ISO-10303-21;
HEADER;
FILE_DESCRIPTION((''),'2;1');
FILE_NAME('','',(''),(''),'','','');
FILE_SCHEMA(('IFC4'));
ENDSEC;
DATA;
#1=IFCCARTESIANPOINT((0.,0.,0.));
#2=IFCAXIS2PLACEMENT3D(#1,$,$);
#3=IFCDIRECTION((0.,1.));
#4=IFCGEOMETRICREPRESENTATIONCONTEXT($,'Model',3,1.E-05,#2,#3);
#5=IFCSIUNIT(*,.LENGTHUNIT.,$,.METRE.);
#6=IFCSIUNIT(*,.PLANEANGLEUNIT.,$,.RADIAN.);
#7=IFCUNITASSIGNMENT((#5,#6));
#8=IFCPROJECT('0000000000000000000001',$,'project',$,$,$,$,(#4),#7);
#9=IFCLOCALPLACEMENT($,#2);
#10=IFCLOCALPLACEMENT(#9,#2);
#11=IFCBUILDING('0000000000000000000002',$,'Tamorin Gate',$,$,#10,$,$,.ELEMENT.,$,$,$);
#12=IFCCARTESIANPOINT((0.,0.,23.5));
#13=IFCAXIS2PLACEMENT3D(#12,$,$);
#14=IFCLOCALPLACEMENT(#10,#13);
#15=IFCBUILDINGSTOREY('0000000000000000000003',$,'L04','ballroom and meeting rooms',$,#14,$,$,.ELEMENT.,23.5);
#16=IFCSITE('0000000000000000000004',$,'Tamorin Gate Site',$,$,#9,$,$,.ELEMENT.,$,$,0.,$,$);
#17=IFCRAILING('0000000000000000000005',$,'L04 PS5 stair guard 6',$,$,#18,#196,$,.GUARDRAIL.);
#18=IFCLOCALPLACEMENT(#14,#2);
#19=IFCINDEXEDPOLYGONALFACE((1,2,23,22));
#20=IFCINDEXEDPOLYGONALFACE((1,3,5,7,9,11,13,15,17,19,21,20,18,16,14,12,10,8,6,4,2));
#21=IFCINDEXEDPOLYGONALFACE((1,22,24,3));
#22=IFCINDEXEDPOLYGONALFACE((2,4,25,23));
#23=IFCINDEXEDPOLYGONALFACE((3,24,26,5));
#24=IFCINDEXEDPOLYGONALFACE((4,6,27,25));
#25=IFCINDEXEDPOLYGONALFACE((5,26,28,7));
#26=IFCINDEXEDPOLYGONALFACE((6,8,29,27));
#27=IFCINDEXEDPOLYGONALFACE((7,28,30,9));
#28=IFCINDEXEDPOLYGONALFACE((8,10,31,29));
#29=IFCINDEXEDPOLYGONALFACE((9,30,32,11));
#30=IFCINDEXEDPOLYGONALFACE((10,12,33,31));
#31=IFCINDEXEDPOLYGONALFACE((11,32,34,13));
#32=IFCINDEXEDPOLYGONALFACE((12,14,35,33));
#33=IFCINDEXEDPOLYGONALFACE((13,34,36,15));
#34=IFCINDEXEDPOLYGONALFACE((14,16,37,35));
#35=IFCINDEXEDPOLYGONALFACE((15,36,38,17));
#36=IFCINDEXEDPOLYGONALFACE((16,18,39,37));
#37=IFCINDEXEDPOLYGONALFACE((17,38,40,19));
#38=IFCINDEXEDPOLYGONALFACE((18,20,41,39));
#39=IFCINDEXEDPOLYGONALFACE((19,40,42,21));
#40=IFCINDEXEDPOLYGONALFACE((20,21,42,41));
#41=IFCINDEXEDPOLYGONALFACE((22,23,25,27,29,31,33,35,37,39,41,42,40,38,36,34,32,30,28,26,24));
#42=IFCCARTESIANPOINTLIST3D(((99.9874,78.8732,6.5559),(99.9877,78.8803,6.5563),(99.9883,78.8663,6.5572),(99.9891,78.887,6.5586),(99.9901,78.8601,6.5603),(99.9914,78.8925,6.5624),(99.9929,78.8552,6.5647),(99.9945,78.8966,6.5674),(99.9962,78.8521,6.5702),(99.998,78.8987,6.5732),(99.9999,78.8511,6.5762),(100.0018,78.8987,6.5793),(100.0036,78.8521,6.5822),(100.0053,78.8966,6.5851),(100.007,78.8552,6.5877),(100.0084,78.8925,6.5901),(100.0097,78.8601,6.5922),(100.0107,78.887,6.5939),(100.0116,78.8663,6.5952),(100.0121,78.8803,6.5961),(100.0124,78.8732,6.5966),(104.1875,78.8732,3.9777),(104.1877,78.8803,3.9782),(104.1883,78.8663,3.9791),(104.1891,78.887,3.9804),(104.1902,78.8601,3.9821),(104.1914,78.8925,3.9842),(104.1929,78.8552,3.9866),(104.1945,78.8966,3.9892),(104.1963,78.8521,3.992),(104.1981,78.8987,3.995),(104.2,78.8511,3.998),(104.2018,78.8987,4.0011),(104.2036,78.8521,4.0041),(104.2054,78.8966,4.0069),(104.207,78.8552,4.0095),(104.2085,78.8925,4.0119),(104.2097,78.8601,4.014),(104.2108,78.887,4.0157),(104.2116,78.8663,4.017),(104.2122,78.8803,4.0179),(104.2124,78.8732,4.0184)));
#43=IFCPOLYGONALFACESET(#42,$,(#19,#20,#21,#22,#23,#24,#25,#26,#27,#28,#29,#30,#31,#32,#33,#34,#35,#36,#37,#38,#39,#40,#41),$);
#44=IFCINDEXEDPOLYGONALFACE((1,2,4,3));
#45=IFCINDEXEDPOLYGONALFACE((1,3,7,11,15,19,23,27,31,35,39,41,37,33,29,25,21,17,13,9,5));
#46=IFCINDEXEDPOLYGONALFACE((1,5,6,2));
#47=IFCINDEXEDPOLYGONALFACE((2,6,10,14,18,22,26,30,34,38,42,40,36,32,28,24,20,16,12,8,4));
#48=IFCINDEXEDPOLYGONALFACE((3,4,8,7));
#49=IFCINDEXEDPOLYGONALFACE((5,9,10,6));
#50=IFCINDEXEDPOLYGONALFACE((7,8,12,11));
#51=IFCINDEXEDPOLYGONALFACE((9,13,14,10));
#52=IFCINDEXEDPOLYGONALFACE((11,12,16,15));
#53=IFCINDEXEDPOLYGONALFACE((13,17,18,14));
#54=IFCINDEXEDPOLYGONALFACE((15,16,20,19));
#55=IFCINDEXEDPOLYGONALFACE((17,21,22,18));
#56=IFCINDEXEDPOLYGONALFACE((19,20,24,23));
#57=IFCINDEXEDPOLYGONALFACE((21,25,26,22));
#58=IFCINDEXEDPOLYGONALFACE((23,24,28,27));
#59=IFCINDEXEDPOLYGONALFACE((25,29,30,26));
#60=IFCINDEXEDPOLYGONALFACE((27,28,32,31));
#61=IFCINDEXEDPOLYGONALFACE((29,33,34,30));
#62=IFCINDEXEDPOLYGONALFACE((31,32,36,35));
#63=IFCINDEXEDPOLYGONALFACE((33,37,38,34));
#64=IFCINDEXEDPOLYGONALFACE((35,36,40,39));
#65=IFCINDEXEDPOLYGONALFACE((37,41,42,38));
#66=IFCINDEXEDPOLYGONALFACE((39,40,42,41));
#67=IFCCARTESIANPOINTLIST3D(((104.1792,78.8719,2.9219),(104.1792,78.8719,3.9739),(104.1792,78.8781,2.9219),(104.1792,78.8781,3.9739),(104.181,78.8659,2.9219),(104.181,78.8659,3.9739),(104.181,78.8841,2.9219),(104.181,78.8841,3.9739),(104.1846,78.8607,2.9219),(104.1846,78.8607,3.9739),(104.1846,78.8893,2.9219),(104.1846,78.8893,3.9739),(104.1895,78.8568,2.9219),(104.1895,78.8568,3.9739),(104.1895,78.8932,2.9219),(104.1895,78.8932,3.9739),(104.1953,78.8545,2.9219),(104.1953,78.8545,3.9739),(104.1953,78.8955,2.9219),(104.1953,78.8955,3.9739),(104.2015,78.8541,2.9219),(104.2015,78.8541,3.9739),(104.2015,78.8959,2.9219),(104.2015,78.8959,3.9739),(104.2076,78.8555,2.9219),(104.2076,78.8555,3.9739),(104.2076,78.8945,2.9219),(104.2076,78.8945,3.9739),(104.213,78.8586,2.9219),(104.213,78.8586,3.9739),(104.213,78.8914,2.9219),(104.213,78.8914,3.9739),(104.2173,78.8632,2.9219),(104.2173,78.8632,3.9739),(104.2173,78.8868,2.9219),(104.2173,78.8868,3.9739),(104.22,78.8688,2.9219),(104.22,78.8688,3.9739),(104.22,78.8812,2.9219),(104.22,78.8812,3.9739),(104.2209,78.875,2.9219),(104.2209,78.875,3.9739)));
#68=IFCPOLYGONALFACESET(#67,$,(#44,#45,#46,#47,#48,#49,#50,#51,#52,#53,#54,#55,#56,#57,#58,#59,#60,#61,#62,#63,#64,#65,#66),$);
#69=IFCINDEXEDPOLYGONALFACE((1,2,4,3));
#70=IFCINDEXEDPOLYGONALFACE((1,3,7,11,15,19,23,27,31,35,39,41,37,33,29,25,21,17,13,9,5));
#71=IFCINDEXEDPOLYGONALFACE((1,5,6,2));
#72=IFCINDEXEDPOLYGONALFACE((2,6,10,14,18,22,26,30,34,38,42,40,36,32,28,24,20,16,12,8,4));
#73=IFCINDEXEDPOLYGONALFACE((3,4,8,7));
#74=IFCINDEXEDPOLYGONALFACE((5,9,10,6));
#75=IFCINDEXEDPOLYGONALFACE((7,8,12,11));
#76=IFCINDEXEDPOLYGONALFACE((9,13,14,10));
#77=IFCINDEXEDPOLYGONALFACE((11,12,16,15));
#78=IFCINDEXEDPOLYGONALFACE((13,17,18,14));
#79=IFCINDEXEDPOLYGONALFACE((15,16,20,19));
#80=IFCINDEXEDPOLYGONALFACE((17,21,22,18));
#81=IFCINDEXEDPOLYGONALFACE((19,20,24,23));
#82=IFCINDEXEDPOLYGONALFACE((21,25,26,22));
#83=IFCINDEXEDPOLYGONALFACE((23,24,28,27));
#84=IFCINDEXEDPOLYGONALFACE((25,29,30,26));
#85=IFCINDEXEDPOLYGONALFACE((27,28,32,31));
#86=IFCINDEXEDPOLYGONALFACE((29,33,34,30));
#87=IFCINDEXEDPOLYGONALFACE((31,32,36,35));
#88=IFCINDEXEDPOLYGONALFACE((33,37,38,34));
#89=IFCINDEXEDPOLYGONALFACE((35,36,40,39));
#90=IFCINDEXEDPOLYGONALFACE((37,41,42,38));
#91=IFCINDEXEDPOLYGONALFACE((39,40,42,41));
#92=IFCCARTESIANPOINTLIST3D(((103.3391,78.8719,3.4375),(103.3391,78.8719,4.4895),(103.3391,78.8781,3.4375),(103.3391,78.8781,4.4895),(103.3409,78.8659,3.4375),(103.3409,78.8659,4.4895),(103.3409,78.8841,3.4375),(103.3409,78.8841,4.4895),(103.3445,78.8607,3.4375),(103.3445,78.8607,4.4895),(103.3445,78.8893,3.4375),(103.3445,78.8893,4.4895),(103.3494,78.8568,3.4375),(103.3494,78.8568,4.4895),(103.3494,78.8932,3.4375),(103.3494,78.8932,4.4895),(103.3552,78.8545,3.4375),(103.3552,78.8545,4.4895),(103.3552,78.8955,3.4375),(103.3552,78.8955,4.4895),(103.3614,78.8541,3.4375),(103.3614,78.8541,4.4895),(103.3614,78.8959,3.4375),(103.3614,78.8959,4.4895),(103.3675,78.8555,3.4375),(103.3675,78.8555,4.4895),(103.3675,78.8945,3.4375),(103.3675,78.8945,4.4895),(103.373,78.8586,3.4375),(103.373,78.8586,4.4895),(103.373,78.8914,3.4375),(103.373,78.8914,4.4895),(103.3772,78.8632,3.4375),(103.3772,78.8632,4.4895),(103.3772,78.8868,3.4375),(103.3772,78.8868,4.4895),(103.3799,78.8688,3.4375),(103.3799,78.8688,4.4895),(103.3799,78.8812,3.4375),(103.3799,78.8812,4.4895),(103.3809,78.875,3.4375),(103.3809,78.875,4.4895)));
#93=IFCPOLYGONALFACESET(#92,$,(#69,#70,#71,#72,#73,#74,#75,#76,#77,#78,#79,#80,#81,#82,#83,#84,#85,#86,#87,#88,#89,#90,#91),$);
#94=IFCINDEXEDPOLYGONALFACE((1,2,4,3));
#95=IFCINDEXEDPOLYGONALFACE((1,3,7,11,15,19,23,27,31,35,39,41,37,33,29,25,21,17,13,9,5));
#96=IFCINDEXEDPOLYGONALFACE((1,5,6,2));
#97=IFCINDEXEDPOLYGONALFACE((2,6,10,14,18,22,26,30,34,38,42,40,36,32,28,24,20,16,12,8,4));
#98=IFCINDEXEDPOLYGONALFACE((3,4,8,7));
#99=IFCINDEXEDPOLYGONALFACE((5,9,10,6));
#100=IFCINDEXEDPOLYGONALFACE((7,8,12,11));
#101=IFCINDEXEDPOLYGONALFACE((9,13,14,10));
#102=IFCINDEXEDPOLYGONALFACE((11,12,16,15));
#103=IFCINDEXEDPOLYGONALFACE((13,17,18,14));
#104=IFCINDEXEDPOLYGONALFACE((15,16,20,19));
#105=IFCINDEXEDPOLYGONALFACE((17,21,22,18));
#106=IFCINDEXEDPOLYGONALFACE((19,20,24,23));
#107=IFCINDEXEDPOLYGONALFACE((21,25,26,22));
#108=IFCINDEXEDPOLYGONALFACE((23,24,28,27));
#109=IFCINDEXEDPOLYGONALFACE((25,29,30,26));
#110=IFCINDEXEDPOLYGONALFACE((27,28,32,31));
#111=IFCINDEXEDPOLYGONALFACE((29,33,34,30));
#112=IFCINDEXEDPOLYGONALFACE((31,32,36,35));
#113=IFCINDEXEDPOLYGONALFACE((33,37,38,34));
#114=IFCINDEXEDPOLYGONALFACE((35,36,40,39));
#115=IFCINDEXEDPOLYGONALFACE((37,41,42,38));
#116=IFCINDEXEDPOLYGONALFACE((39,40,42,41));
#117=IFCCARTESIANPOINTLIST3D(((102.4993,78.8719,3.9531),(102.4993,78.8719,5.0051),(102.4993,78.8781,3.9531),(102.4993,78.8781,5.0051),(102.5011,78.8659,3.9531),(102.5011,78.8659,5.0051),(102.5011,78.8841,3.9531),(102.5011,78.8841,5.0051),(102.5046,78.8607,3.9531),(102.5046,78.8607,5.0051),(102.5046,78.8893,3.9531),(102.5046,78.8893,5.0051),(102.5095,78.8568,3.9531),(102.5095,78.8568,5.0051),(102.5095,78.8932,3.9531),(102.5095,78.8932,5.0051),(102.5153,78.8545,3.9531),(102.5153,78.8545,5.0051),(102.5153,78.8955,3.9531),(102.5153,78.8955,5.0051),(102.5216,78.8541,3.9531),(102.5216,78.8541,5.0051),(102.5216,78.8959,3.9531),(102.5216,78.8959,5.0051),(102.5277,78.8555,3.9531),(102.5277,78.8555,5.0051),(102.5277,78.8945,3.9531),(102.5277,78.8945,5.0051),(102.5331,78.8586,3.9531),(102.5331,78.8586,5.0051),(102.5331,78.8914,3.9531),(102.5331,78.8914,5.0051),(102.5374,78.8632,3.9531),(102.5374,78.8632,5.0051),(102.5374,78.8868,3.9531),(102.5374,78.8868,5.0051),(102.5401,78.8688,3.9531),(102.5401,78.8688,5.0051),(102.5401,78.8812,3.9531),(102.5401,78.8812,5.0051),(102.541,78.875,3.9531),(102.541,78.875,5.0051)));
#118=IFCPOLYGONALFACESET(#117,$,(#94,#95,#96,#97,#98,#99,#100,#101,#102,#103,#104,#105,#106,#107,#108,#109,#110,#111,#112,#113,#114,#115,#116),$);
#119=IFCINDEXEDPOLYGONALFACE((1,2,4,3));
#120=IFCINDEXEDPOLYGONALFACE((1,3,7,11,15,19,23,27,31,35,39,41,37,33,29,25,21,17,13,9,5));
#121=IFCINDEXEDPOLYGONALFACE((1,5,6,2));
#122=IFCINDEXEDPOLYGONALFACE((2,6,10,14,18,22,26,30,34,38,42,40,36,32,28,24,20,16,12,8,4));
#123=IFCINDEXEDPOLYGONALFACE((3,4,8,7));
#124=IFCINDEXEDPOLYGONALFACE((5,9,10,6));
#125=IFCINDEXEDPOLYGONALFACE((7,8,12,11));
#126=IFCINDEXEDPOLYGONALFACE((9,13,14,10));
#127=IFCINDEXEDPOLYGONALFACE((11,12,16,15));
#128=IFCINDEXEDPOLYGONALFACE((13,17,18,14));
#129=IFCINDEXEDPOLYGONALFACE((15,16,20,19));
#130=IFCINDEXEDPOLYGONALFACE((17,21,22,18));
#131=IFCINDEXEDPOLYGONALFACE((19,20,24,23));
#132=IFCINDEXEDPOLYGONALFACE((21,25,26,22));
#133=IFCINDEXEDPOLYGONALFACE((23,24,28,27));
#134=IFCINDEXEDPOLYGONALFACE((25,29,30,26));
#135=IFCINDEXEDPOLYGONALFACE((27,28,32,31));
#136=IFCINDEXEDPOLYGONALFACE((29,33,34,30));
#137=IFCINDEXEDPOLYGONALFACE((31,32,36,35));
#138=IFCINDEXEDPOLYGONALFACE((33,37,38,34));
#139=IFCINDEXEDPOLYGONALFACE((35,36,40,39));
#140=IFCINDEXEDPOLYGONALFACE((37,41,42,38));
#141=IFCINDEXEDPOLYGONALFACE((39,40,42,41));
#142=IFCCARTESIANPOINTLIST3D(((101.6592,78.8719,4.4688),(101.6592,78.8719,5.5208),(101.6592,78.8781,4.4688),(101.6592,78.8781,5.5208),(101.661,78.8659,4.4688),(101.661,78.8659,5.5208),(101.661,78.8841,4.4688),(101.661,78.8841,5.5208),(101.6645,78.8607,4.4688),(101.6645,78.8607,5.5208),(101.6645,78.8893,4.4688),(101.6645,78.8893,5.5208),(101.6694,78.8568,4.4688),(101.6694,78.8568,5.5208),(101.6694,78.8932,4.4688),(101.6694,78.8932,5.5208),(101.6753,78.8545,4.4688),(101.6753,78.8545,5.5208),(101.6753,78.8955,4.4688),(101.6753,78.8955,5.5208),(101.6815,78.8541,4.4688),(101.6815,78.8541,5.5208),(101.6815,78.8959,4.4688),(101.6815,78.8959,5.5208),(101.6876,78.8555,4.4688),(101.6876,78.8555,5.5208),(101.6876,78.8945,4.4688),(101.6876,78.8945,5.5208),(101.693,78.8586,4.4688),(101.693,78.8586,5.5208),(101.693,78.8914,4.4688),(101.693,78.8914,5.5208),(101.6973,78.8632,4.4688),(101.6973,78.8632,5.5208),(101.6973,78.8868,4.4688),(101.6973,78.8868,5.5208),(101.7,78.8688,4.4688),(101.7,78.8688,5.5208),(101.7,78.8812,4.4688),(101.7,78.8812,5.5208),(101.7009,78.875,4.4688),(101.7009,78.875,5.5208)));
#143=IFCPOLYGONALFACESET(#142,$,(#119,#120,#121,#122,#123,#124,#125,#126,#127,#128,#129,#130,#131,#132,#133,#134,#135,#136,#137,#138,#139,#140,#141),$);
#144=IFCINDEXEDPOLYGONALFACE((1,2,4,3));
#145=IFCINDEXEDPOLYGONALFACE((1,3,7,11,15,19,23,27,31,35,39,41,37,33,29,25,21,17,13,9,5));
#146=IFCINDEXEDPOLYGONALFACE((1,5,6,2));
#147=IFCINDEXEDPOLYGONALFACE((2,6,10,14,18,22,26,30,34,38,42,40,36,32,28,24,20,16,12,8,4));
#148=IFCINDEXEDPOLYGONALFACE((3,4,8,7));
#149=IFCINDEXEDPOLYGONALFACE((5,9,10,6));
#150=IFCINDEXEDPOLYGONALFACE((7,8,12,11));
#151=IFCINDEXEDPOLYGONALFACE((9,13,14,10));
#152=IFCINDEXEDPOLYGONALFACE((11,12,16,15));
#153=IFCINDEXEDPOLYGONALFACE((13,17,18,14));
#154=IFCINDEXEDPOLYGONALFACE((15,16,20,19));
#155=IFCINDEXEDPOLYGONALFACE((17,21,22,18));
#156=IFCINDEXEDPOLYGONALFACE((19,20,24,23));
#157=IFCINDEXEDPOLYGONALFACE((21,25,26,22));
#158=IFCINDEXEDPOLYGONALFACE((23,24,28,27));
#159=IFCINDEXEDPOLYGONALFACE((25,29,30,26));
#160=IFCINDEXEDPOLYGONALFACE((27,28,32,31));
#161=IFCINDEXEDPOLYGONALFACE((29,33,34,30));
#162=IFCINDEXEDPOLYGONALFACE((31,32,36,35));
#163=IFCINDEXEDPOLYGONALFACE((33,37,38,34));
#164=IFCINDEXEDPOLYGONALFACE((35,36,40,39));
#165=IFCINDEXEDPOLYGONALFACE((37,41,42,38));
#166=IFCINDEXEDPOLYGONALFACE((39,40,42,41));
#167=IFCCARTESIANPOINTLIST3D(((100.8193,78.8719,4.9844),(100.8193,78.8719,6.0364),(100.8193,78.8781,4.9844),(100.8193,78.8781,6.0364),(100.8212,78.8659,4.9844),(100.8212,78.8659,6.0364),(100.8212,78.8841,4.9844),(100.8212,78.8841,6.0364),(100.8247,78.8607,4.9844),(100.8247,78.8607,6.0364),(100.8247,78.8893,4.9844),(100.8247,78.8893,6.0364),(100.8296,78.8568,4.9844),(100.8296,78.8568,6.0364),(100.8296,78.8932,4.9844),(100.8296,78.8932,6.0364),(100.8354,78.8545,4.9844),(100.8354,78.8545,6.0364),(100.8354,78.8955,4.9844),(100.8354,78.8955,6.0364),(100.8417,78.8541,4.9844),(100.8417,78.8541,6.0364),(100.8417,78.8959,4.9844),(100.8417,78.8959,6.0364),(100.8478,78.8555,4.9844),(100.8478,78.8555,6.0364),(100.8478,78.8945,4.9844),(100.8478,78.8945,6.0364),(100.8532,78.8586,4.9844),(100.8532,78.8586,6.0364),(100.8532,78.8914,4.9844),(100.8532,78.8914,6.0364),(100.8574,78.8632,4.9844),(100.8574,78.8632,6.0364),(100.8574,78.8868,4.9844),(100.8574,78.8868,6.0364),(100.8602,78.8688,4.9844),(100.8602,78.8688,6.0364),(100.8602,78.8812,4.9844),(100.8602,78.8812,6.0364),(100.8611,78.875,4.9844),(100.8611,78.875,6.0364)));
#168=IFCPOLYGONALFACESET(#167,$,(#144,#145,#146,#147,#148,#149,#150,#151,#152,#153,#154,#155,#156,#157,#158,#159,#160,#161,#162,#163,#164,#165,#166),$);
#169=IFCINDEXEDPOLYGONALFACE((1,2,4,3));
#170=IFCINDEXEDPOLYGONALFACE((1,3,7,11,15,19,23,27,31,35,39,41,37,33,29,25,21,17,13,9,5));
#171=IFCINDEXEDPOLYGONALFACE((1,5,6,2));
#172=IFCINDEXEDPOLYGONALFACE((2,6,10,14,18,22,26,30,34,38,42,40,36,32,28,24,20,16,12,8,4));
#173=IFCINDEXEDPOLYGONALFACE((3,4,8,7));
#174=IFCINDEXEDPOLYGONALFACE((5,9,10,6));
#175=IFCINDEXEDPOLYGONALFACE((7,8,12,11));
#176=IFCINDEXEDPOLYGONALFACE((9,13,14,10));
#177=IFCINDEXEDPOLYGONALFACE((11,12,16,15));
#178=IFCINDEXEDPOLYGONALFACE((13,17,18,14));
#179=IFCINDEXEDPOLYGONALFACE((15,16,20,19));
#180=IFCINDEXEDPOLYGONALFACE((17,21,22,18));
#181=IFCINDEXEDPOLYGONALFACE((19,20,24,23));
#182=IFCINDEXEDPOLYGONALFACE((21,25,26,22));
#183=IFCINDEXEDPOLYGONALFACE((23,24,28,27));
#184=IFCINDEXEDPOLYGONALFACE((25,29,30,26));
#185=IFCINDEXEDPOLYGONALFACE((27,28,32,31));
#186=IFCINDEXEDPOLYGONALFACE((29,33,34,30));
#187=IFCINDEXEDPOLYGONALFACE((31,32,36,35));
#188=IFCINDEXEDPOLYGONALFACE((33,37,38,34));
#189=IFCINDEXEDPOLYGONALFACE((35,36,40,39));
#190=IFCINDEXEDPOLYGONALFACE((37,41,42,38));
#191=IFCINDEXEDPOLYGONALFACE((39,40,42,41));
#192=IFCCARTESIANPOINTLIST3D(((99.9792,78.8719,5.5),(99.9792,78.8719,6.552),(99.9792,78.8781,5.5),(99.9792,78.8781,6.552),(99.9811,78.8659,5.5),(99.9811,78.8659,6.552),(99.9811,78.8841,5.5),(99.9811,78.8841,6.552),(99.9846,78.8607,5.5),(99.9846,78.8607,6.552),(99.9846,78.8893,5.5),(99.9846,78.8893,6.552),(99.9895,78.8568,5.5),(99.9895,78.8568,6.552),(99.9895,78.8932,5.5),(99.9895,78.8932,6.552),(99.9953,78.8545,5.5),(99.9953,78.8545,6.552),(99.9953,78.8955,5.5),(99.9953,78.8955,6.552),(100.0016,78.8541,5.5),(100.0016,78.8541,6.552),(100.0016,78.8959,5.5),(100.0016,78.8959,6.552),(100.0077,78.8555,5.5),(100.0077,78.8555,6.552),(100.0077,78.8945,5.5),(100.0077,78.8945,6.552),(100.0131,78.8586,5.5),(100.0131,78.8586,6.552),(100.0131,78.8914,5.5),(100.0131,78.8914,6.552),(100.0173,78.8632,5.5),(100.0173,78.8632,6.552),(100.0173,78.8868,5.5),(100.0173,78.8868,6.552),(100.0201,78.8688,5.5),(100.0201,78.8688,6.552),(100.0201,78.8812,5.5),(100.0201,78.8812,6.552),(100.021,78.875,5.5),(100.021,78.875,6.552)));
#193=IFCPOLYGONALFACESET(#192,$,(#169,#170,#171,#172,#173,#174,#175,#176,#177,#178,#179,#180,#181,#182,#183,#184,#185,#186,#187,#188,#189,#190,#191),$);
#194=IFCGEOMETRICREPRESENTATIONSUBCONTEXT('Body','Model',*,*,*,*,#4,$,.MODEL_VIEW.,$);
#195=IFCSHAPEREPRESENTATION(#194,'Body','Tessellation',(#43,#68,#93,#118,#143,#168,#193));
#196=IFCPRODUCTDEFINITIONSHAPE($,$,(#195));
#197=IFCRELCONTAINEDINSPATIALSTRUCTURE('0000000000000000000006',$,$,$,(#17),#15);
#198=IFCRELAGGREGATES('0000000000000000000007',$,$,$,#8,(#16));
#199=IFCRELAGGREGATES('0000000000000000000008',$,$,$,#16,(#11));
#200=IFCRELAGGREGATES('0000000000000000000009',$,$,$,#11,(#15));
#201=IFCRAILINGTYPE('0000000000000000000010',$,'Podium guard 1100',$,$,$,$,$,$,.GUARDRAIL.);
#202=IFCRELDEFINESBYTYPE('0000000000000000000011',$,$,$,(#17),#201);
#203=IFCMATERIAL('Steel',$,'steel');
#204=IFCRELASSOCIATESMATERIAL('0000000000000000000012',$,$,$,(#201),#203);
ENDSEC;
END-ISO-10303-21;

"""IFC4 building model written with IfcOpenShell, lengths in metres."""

from ifc_helpers import new_model, si_unit, direction, frame, origin, origin_2d, place, context, subcontext, project, spatial, circle, extrude, material, type_object, element, save


model = new_model("IFC4")

# Units and contexts
model_context = context("Model", 3, precision=1e-05, world=origin(), true_north=direction((0.0, 1.0)))
body_context = subcontext(model_context, "Body", "Model", "MODEL_VIEW")
ifc_project = project(units=[si_unit("LENGTHUNIT", "METRE"), si_unit("PLANEANGLEUNIT", "RADIAN")], contexts=[model_context])

# Site, building, storey
site_placement = place(None, origin())
site = spatial("IfcSite", under=ifc_project, at=site_placement, Name="Tamorin Gate Site", CompositionType="ELEMENT", RefElevation=0.0)
building_placement = place(site_placement, origin())
building = spatial("IfcBuilding", under=site, at=building_placement, Name="Tamorin Gate", CompositionType="ELEMENT")
storey_placement = place(building_placement, frame((0.0, 0.0, 23.5)))
storey = spatial("IfcBuildingStorey", under=building, at=storey_placement, Name="L04", Description="ballroom and meeting rooms", CompositionType="ELEMENT", Elevation=23.5)

# Railing
ifc_material_1 = material(Name="Steel", Category="steel")
railing_type_1 = type_object("IfcRailingType", Name="Podium guard 1100", PredefinedType="GUARDRAIL", material=ifc_material_1)
railing_1_placement = place(storey_placement, frame((104.2, 78.875, 2.9219)))
element("IfcRailing", 1, at=railing_1_placement, inside=storey, type_object=railing_type_1, Name="L04 PS5 stair guard 6", PredefinedType="GUARDRAIL", context=body_context, shape_type="SweptSolid", body=[
    extrude(circle(Radius=0.0239, at=origin_2d()), frame((0.0, 0.0, 1.0762), z_axis=(-0.852243, 0.0, 0.523146), x_axis=(0.0, -1.0, 0.0)), (0.0, 0.0, 1.0), 4.9282),
    extrude(circle(Radius=0.021, at=origin_2d()), origin(), (0.0, 0.0, 1.0), 1.052),
    extrude(circle(Radius=0.021, at=origin_2d()), frame((-0.8401, 0.0, 0.5156)), (0.0, 0.0, 1.0), 1.052),
    extrude(circle(Radius=0.021, at=origin_2d()), frame((-1.6799, 0.0, 1.0312)), (0.0, 0.0, 1.0), 1.052),
    extrude(circle(Radius=0.021, at=origin_2d()), frame((-2.52, 0.0, 1.5469)), (0.0, 0.0, 1.0), 1.052),
    extrude(circle(Radius=0.021, at=origin_2d()), frame((-3.3599, 0.0, 2.0625)), (0.0, 0.0, 1.0), 1.052),
    extrude(circle(Radius=0.021, at=origin_2d()), frame((-4.2, 0.0, 2.5781)), (0.0, 0.0, 1.0), 1.052),
])

save(model, "model.ifc")
